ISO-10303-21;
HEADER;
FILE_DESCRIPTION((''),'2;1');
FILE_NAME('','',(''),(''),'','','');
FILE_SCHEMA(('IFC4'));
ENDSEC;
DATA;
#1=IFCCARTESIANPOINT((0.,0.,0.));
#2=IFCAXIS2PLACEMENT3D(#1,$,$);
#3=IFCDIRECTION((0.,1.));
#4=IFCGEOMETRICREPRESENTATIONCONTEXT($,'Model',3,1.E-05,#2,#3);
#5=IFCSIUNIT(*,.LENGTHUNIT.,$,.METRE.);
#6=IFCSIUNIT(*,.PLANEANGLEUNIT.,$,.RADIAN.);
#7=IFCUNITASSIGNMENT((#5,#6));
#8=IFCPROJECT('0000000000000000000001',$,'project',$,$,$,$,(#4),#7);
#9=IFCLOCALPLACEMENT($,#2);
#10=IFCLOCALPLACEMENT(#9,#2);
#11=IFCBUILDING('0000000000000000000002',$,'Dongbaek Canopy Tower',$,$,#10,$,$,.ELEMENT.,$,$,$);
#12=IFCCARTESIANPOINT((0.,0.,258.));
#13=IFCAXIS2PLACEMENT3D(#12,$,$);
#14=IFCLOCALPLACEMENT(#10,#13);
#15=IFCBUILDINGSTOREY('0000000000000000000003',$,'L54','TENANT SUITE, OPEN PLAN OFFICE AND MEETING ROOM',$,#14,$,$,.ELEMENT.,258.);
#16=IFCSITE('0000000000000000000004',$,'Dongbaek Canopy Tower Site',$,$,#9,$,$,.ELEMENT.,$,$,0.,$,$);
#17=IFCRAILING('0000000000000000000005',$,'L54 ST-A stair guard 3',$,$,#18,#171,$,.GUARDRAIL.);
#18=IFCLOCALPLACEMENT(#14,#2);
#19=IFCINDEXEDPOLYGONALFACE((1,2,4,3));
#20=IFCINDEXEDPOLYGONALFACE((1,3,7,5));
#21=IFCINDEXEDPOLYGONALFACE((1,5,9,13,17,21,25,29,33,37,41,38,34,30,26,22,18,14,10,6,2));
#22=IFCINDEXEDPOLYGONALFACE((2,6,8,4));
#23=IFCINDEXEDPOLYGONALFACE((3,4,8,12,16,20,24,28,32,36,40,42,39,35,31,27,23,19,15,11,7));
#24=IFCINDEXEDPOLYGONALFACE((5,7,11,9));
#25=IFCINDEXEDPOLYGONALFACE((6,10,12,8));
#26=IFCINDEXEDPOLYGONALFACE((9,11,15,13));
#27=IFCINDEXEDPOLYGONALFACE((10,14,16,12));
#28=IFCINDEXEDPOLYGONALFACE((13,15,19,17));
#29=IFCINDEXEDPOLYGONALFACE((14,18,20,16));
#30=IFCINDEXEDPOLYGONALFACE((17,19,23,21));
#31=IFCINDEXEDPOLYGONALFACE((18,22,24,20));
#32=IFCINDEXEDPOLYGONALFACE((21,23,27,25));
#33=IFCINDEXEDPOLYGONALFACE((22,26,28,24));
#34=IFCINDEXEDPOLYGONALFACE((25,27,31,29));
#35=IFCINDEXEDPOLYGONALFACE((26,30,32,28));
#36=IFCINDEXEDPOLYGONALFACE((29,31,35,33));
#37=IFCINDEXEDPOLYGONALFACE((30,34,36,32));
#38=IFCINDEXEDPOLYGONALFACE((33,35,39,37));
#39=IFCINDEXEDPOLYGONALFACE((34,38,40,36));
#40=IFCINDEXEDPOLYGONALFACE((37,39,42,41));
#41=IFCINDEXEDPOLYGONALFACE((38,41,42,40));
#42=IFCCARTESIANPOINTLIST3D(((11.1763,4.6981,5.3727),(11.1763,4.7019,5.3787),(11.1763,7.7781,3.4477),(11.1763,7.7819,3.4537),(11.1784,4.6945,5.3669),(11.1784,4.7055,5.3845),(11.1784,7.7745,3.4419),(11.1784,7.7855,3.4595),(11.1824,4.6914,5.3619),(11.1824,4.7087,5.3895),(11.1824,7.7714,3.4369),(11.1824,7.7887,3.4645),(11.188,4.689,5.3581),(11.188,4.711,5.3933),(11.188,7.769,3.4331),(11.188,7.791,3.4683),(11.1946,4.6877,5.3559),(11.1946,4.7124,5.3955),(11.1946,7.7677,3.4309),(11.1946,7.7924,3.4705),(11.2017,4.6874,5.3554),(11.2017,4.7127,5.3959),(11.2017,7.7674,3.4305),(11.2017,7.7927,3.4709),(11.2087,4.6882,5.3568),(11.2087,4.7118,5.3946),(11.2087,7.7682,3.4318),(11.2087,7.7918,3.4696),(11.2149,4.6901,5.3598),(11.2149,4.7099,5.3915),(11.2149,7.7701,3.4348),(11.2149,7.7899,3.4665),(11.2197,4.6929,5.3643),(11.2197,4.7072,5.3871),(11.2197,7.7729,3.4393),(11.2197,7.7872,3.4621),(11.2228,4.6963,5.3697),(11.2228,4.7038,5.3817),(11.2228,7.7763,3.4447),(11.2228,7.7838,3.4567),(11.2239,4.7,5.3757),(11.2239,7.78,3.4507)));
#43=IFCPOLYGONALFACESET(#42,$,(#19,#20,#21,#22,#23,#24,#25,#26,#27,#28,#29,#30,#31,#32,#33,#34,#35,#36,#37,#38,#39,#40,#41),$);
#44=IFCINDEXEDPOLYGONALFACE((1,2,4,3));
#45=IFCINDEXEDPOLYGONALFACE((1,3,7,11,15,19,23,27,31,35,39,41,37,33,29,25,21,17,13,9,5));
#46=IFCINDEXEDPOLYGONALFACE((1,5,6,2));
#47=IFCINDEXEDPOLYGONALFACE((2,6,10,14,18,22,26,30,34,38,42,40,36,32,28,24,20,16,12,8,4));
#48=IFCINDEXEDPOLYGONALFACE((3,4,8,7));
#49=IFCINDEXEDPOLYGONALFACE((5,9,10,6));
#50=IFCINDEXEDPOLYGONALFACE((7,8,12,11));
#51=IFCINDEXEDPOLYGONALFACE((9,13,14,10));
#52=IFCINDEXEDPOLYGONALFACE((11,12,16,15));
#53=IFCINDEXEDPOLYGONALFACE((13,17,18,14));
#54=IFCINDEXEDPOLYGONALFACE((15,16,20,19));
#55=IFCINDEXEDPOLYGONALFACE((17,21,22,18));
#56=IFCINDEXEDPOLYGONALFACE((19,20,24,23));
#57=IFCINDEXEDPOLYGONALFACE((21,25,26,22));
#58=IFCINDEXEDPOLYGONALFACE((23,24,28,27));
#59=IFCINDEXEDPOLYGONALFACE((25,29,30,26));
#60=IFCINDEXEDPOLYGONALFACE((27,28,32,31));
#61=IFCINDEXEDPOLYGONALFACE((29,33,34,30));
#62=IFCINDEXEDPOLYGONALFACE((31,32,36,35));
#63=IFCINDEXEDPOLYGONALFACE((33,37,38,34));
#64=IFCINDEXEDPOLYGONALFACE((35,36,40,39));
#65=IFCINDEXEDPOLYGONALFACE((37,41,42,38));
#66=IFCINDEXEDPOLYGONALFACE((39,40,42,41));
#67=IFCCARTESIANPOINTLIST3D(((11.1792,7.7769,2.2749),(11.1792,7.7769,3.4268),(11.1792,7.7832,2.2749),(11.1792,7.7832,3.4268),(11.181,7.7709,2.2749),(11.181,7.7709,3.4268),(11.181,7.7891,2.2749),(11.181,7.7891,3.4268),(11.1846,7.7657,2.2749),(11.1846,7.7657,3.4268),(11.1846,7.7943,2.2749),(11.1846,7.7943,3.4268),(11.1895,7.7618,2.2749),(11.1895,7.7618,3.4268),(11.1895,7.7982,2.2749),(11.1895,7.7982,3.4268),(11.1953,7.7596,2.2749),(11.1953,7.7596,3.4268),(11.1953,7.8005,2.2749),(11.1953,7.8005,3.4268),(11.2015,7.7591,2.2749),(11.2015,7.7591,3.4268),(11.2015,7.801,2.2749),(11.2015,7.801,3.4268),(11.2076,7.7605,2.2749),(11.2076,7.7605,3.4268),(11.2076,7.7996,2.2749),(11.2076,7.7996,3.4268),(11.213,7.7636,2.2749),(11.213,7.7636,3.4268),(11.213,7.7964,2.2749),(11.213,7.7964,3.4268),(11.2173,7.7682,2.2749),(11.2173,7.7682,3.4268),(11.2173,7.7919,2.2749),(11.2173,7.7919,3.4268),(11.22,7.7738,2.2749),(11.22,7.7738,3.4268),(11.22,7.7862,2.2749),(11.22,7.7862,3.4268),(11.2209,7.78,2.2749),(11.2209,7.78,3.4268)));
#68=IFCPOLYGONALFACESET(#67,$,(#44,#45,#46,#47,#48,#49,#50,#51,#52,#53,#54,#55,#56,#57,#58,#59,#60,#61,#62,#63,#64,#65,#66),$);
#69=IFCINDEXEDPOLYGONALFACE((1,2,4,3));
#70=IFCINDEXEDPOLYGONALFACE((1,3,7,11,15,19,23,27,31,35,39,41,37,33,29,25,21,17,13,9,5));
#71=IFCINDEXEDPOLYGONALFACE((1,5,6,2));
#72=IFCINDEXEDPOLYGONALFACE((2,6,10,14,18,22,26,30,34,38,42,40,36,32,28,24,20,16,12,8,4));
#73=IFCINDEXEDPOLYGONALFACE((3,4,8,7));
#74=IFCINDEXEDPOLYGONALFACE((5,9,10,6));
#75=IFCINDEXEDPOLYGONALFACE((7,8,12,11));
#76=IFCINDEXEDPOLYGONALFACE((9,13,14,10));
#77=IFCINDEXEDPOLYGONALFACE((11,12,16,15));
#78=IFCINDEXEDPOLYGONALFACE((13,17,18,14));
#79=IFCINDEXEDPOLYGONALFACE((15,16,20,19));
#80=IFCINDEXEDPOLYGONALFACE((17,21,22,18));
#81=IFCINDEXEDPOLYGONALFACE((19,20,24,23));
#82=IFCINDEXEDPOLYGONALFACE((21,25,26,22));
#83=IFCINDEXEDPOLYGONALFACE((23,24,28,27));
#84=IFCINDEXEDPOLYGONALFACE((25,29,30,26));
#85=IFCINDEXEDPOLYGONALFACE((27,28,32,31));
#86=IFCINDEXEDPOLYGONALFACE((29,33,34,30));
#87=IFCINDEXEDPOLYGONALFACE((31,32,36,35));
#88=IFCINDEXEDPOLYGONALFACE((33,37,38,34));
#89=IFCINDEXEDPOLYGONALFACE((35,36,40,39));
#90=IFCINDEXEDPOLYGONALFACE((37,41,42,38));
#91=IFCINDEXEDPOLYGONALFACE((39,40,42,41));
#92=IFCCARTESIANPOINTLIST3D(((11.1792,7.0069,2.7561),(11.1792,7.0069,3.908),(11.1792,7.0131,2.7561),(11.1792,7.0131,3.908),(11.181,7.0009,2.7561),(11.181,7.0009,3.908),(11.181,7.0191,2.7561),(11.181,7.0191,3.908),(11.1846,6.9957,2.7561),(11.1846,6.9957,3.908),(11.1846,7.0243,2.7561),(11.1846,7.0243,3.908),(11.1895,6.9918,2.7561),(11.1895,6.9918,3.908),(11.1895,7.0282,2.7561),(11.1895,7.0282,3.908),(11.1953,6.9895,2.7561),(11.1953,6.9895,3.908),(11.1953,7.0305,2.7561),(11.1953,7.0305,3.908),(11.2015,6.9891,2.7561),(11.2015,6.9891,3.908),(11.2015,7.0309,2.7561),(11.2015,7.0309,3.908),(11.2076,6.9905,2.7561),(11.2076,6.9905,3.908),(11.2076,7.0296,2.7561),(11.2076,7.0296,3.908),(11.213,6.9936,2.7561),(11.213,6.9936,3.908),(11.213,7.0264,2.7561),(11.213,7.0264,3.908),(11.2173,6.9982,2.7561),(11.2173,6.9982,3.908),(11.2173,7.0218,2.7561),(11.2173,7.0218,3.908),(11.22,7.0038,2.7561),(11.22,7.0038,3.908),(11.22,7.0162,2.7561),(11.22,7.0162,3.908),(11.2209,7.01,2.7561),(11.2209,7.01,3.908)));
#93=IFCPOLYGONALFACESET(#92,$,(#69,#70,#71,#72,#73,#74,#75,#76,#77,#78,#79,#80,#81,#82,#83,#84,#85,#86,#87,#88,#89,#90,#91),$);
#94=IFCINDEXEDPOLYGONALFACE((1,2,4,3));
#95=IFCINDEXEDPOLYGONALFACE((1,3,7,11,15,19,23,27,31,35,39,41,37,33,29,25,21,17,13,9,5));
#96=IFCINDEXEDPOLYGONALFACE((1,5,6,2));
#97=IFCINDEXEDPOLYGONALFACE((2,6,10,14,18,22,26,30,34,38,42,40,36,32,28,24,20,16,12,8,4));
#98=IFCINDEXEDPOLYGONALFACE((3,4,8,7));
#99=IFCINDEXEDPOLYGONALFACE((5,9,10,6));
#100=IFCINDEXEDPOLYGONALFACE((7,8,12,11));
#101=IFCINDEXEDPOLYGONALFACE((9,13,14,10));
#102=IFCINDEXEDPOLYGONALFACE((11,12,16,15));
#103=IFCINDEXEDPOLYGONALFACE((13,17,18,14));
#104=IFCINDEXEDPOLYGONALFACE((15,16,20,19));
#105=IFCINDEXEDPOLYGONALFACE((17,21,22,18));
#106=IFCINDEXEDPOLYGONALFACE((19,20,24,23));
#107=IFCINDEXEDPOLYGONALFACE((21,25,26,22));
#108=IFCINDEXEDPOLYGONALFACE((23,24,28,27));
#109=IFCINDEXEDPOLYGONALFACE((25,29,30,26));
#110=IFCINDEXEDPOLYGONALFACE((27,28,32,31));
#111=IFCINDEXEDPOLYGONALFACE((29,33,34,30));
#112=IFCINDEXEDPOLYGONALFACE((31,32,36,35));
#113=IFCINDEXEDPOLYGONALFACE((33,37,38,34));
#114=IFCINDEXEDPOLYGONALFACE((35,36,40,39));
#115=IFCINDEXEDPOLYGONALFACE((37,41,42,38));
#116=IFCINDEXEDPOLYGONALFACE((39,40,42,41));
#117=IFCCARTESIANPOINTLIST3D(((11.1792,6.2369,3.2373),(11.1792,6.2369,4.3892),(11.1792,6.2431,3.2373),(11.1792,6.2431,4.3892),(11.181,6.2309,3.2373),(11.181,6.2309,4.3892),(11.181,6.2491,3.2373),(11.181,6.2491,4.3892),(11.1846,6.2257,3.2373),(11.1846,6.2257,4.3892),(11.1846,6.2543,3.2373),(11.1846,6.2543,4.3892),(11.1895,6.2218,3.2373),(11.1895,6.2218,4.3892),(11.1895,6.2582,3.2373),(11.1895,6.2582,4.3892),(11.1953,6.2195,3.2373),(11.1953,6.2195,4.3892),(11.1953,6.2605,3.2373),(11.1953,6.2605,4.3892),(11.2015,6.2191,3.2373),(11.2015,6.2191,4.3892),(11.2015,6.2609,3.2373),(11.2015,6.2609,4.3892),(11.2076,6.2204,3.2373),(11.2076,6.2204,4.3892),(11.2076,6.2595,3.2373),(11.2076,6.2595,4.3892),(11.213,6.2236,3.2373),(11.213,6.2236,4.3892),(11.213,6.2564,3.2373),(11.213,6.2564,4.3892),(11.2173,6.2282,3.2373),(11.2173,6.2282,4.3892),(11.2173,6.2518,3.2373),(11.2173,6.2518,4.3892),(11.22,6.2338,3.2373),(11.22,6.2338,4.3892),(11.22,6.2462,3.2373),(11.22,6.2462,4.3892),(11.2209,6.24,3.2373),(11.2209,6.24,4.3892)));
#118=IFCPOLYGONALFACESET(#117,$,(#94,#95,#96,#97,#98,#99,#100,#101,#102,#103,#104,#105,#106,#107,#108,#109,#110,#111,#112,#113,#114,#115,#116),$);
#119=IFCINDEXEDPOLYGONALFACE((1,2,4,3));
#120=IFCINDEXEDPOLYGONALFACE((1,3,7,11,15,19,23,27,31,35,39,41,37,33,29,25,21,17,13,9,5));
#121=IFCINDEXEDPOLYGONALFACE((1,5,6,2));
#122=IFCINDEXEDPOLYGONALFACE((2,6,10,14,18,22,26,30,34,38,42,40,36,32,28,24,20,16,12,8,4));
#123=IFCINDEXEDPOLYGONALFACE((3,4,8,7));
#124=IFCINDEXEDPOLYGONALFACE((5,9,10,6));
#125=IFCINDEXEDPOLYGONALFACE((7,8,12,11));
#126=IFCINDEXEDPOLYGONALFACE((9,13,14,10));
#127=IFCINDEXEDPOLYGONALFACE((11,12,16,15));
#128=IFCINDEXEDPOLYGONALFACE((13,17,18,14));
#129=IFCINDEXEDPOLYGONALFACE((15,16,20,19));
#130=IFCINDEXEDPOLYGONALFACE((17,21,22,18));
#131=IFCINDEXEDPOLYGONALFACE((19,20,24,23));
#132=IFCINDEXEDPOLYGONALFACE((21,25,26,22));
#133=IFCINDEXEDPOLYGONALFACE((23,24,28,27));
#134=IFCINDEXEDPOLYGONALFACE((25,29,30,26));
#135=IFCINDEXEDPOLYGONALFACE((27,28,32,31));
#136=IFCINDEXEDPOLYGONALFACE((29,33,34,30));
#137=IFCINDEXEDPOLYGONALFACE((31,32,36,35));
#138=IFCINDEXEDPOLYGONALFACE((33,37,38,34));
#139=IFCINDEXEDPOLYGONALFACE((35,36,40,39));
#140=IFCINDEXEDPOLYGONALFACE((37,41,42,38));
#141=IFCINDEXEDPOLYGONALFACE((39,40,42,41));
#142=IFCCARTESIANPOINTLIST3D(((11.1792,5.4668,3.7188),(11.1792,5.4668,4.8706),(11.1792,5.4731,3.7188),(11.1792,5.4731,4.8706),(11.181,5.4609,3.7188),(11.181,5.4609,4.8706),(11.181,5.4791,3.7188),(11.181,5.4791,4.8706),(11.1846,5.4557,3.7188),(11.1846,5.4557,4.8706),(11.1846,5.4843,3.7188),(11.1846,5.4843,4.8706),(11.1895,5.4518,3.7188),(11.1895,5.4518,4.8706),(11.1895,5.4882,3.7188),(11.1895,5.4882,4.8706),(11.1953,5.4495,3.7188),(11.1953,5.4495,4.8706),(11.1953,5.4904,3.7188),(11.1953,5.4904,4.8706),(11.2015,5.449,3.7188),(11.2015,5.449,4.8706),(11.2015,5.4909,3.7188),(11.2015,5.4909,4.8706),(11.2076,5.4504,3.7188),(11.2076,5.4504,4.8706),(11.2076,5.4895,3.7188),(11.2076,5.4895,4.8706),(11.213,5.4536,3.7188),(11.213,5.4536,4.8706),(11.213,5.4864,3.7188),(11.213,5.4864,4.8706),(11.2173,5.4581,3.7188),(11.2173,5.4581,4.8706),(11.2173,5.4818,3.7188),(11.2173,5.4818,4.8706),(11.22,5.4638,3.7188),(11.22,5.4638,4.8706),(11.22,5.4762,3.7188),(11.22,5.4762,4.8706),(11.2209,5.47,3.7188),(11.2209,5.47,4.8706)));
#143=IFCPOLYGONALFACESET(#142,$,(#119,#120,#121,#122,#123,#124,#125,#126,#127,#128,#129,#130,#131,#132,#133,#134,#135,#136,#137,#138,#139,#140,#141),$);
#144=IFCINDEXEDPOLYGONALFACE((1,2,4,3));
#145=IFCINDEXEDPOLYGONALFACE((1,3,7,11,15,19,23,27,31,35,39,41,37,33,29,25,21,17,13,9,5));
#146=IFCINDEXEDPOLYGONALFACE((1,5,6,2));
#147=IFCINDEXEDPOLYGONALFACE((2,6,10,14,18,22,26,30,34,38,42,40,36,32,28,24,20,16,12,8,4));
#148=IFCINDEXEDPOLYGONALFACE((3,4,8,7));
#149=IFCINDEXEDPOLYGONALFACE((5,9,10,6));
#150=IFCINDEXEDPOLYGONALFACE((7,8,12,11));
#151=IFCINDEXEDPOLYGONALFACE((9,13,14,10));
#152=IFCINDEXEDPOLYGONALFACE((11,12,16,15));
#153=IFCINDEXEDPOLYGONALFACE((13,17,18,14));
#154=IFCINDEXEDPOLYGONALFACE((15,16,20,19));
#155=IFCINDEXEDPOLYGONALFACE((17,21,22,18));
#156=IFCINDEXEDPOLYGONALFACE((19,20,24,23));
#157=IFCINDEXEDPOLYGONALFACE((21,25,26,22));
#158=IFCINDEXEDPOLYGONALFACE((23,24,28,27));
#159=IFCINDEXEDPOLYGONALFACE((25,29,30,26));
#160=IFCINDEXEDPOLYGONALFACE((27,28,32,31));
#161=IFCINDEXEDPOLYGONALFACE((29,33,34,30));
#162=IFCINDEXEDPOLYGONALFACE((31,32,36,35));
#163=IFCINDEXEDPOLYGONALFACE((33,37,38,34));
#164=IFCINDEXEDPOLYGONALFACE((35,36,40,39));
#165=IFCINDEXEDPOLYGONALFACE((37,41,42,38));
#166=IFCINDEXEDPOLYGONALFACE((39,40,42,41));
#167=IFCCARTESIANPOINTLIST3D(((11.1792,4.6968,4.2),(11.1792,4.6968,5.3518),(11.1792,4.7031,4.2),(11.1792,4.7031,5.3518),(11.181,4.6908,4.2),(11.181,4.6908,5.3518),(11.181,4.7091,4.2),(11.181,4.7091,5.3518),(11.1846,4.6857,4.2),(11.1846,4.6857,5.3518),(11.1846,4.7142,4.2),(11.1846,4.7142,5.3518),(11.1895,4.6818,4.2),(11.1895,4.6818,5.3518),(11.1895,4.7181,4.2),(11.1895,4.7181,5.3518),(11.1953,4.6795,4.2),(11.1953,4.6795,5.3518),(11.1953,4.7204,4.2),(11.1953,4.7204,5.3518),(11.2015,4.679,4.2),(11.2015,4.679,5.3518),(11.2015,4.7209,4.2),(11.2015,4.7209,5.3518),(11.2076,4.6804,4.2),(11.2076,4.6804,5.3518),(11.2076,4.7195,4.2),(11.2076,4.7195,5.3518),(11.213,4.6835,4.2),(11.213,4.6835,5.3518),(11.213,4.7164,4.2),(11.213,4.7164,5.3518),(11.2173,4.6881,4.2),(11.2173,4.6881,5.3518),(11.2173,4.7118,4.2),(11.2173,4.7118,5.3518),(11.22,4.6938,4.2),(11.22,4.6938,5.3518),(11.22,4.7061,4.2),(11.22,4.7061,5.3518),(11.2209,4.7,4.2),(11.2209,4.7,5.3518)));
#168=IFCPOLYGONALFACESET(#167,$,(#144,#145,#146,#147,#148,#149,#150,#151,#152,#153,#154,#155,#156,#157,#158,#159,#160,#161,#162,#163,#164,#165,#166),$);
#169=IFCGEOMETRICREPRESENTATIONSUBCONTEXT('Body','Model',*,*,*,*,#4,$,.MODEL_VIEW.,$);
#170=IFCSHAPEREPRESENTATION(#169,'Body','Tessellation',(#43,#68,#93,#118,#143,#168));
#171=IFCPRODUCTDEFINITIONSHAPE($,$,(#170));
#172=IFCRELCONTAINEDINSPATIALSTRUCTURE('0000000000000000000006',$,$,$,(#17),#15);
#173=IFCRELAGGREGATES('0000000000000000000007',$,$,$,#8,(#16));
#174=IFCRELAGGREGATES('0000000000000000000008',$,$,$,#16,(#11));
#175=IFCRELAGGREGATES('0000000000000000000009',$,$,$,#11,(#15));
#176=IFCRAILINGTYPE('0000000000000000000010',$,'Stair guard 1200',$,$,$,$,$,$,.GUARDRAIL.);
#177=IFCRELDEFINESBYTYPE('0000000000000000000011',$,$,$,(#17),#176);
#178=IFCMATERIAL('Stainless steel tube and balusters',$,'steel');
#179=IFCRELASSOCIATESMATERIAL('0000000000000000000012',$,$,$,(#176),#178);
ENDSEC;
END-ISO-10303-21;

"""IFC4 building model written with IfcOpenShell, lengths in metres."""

from ifc_helpers import new_model, si_unit, direction, frame, origin, origin_2d, place, context, subcontext, project, spatial, circle, extrude, material, type_object, element, save


model = new_model("IFC4")

# Units and contexts
model_context = context("Model", 3, precision=1e-05, world=origin(), true_north=direction((0.0, 1.0)))
body_context = subcontext(model_context, "Body", "Model", "MODEL_VIEW")
ifc_project = project(units=[si_unit("LENGTHUNIT", "METRE"), si_unit("PLANEANGLEUNIT", "RADIAN")], contexts=[model_context])

# Site, building, storey
site_placement = place(None, origin())
site = spatial("IfcSite", under=ifc_project, at=site_placement, Name="Dongbaek Canopy Tower Site", CompositionType="ELEMENT", RefElevation=0.0)
building_placement = place(site_placement, origin())
building = spatial("IfcBuilding", under=site, at=building_placement, Name="Dongbaek Canopy Tower", CompositionType="ELEMENT")
storey_placement = place(building_placement, frame((0.0, 0.0, 258.0)))
storey = spatial("IfcBuildingStorey", under=building, at=storey_placement, Name="L54", Description="TENANT SUITE, OPEN PLAN OFFICE AND MEETING ROOM", CompositionType="ELEMENT", Elevation=258.0)

# Railing
ifc_material_1 = material(Name="Stainless steel tube and balusters", Category="steel")
railing_type_1 = type_object("IfcRailingType", Name="Stair guard 1200", PredefinedType="GUARDRAIL", material=ifc_material_1)
railing_1_placement = place(storey_placement, frame((11.2, 7.78, 2.2749)))
element("IfcRailing", 1, at=railing_1_placement, inside=storey, type_object=railing_type_1, Name="L54 ST-A stair guard 3", PredefinedType="GUARDRAIL", context=body_context, shape_type="SweptSolid", body=[
    extrude(circle(Radius=0.0239, at=origin_2d()), frame((0.0, 0.0, 1.1758), z_axis=(0.0, -0.847998, 0.529999), x_axis=(1.0, 0.0, 0.0)), (0.0, 0.0, 1.0), 3.6321),
    extrude(circle(Radius=0.021, at=origin_2d()), origin(), (0.0, 0.0, 1.0), 1.1519),
    extrude(circle(Radius=0.021, at=origin_2d()), frame((0.0, -0.77, 0.4812)), (0.0, 0.0, 1.0), 1.1519),
    extrude(circle(Radius=0.021, at=origin_2d()), frame((0.0, -1.54, 0.9624)), (0.0, 0.0, 1.0), 1.1519),
    extrude(circle(Radius=0.021, at=origin_2d()), frame((0.0, -2.3101, 1.4438)), (0.0, 0.0, 1.0), 1.1519),
    extrude(circle(Radius=0.021, at=origin_2d()), frame((0.0, -3.0801, 1.925)), (0.0, 0.0, 1.0), 1.1519),
])

save(model, "model.ifc")
